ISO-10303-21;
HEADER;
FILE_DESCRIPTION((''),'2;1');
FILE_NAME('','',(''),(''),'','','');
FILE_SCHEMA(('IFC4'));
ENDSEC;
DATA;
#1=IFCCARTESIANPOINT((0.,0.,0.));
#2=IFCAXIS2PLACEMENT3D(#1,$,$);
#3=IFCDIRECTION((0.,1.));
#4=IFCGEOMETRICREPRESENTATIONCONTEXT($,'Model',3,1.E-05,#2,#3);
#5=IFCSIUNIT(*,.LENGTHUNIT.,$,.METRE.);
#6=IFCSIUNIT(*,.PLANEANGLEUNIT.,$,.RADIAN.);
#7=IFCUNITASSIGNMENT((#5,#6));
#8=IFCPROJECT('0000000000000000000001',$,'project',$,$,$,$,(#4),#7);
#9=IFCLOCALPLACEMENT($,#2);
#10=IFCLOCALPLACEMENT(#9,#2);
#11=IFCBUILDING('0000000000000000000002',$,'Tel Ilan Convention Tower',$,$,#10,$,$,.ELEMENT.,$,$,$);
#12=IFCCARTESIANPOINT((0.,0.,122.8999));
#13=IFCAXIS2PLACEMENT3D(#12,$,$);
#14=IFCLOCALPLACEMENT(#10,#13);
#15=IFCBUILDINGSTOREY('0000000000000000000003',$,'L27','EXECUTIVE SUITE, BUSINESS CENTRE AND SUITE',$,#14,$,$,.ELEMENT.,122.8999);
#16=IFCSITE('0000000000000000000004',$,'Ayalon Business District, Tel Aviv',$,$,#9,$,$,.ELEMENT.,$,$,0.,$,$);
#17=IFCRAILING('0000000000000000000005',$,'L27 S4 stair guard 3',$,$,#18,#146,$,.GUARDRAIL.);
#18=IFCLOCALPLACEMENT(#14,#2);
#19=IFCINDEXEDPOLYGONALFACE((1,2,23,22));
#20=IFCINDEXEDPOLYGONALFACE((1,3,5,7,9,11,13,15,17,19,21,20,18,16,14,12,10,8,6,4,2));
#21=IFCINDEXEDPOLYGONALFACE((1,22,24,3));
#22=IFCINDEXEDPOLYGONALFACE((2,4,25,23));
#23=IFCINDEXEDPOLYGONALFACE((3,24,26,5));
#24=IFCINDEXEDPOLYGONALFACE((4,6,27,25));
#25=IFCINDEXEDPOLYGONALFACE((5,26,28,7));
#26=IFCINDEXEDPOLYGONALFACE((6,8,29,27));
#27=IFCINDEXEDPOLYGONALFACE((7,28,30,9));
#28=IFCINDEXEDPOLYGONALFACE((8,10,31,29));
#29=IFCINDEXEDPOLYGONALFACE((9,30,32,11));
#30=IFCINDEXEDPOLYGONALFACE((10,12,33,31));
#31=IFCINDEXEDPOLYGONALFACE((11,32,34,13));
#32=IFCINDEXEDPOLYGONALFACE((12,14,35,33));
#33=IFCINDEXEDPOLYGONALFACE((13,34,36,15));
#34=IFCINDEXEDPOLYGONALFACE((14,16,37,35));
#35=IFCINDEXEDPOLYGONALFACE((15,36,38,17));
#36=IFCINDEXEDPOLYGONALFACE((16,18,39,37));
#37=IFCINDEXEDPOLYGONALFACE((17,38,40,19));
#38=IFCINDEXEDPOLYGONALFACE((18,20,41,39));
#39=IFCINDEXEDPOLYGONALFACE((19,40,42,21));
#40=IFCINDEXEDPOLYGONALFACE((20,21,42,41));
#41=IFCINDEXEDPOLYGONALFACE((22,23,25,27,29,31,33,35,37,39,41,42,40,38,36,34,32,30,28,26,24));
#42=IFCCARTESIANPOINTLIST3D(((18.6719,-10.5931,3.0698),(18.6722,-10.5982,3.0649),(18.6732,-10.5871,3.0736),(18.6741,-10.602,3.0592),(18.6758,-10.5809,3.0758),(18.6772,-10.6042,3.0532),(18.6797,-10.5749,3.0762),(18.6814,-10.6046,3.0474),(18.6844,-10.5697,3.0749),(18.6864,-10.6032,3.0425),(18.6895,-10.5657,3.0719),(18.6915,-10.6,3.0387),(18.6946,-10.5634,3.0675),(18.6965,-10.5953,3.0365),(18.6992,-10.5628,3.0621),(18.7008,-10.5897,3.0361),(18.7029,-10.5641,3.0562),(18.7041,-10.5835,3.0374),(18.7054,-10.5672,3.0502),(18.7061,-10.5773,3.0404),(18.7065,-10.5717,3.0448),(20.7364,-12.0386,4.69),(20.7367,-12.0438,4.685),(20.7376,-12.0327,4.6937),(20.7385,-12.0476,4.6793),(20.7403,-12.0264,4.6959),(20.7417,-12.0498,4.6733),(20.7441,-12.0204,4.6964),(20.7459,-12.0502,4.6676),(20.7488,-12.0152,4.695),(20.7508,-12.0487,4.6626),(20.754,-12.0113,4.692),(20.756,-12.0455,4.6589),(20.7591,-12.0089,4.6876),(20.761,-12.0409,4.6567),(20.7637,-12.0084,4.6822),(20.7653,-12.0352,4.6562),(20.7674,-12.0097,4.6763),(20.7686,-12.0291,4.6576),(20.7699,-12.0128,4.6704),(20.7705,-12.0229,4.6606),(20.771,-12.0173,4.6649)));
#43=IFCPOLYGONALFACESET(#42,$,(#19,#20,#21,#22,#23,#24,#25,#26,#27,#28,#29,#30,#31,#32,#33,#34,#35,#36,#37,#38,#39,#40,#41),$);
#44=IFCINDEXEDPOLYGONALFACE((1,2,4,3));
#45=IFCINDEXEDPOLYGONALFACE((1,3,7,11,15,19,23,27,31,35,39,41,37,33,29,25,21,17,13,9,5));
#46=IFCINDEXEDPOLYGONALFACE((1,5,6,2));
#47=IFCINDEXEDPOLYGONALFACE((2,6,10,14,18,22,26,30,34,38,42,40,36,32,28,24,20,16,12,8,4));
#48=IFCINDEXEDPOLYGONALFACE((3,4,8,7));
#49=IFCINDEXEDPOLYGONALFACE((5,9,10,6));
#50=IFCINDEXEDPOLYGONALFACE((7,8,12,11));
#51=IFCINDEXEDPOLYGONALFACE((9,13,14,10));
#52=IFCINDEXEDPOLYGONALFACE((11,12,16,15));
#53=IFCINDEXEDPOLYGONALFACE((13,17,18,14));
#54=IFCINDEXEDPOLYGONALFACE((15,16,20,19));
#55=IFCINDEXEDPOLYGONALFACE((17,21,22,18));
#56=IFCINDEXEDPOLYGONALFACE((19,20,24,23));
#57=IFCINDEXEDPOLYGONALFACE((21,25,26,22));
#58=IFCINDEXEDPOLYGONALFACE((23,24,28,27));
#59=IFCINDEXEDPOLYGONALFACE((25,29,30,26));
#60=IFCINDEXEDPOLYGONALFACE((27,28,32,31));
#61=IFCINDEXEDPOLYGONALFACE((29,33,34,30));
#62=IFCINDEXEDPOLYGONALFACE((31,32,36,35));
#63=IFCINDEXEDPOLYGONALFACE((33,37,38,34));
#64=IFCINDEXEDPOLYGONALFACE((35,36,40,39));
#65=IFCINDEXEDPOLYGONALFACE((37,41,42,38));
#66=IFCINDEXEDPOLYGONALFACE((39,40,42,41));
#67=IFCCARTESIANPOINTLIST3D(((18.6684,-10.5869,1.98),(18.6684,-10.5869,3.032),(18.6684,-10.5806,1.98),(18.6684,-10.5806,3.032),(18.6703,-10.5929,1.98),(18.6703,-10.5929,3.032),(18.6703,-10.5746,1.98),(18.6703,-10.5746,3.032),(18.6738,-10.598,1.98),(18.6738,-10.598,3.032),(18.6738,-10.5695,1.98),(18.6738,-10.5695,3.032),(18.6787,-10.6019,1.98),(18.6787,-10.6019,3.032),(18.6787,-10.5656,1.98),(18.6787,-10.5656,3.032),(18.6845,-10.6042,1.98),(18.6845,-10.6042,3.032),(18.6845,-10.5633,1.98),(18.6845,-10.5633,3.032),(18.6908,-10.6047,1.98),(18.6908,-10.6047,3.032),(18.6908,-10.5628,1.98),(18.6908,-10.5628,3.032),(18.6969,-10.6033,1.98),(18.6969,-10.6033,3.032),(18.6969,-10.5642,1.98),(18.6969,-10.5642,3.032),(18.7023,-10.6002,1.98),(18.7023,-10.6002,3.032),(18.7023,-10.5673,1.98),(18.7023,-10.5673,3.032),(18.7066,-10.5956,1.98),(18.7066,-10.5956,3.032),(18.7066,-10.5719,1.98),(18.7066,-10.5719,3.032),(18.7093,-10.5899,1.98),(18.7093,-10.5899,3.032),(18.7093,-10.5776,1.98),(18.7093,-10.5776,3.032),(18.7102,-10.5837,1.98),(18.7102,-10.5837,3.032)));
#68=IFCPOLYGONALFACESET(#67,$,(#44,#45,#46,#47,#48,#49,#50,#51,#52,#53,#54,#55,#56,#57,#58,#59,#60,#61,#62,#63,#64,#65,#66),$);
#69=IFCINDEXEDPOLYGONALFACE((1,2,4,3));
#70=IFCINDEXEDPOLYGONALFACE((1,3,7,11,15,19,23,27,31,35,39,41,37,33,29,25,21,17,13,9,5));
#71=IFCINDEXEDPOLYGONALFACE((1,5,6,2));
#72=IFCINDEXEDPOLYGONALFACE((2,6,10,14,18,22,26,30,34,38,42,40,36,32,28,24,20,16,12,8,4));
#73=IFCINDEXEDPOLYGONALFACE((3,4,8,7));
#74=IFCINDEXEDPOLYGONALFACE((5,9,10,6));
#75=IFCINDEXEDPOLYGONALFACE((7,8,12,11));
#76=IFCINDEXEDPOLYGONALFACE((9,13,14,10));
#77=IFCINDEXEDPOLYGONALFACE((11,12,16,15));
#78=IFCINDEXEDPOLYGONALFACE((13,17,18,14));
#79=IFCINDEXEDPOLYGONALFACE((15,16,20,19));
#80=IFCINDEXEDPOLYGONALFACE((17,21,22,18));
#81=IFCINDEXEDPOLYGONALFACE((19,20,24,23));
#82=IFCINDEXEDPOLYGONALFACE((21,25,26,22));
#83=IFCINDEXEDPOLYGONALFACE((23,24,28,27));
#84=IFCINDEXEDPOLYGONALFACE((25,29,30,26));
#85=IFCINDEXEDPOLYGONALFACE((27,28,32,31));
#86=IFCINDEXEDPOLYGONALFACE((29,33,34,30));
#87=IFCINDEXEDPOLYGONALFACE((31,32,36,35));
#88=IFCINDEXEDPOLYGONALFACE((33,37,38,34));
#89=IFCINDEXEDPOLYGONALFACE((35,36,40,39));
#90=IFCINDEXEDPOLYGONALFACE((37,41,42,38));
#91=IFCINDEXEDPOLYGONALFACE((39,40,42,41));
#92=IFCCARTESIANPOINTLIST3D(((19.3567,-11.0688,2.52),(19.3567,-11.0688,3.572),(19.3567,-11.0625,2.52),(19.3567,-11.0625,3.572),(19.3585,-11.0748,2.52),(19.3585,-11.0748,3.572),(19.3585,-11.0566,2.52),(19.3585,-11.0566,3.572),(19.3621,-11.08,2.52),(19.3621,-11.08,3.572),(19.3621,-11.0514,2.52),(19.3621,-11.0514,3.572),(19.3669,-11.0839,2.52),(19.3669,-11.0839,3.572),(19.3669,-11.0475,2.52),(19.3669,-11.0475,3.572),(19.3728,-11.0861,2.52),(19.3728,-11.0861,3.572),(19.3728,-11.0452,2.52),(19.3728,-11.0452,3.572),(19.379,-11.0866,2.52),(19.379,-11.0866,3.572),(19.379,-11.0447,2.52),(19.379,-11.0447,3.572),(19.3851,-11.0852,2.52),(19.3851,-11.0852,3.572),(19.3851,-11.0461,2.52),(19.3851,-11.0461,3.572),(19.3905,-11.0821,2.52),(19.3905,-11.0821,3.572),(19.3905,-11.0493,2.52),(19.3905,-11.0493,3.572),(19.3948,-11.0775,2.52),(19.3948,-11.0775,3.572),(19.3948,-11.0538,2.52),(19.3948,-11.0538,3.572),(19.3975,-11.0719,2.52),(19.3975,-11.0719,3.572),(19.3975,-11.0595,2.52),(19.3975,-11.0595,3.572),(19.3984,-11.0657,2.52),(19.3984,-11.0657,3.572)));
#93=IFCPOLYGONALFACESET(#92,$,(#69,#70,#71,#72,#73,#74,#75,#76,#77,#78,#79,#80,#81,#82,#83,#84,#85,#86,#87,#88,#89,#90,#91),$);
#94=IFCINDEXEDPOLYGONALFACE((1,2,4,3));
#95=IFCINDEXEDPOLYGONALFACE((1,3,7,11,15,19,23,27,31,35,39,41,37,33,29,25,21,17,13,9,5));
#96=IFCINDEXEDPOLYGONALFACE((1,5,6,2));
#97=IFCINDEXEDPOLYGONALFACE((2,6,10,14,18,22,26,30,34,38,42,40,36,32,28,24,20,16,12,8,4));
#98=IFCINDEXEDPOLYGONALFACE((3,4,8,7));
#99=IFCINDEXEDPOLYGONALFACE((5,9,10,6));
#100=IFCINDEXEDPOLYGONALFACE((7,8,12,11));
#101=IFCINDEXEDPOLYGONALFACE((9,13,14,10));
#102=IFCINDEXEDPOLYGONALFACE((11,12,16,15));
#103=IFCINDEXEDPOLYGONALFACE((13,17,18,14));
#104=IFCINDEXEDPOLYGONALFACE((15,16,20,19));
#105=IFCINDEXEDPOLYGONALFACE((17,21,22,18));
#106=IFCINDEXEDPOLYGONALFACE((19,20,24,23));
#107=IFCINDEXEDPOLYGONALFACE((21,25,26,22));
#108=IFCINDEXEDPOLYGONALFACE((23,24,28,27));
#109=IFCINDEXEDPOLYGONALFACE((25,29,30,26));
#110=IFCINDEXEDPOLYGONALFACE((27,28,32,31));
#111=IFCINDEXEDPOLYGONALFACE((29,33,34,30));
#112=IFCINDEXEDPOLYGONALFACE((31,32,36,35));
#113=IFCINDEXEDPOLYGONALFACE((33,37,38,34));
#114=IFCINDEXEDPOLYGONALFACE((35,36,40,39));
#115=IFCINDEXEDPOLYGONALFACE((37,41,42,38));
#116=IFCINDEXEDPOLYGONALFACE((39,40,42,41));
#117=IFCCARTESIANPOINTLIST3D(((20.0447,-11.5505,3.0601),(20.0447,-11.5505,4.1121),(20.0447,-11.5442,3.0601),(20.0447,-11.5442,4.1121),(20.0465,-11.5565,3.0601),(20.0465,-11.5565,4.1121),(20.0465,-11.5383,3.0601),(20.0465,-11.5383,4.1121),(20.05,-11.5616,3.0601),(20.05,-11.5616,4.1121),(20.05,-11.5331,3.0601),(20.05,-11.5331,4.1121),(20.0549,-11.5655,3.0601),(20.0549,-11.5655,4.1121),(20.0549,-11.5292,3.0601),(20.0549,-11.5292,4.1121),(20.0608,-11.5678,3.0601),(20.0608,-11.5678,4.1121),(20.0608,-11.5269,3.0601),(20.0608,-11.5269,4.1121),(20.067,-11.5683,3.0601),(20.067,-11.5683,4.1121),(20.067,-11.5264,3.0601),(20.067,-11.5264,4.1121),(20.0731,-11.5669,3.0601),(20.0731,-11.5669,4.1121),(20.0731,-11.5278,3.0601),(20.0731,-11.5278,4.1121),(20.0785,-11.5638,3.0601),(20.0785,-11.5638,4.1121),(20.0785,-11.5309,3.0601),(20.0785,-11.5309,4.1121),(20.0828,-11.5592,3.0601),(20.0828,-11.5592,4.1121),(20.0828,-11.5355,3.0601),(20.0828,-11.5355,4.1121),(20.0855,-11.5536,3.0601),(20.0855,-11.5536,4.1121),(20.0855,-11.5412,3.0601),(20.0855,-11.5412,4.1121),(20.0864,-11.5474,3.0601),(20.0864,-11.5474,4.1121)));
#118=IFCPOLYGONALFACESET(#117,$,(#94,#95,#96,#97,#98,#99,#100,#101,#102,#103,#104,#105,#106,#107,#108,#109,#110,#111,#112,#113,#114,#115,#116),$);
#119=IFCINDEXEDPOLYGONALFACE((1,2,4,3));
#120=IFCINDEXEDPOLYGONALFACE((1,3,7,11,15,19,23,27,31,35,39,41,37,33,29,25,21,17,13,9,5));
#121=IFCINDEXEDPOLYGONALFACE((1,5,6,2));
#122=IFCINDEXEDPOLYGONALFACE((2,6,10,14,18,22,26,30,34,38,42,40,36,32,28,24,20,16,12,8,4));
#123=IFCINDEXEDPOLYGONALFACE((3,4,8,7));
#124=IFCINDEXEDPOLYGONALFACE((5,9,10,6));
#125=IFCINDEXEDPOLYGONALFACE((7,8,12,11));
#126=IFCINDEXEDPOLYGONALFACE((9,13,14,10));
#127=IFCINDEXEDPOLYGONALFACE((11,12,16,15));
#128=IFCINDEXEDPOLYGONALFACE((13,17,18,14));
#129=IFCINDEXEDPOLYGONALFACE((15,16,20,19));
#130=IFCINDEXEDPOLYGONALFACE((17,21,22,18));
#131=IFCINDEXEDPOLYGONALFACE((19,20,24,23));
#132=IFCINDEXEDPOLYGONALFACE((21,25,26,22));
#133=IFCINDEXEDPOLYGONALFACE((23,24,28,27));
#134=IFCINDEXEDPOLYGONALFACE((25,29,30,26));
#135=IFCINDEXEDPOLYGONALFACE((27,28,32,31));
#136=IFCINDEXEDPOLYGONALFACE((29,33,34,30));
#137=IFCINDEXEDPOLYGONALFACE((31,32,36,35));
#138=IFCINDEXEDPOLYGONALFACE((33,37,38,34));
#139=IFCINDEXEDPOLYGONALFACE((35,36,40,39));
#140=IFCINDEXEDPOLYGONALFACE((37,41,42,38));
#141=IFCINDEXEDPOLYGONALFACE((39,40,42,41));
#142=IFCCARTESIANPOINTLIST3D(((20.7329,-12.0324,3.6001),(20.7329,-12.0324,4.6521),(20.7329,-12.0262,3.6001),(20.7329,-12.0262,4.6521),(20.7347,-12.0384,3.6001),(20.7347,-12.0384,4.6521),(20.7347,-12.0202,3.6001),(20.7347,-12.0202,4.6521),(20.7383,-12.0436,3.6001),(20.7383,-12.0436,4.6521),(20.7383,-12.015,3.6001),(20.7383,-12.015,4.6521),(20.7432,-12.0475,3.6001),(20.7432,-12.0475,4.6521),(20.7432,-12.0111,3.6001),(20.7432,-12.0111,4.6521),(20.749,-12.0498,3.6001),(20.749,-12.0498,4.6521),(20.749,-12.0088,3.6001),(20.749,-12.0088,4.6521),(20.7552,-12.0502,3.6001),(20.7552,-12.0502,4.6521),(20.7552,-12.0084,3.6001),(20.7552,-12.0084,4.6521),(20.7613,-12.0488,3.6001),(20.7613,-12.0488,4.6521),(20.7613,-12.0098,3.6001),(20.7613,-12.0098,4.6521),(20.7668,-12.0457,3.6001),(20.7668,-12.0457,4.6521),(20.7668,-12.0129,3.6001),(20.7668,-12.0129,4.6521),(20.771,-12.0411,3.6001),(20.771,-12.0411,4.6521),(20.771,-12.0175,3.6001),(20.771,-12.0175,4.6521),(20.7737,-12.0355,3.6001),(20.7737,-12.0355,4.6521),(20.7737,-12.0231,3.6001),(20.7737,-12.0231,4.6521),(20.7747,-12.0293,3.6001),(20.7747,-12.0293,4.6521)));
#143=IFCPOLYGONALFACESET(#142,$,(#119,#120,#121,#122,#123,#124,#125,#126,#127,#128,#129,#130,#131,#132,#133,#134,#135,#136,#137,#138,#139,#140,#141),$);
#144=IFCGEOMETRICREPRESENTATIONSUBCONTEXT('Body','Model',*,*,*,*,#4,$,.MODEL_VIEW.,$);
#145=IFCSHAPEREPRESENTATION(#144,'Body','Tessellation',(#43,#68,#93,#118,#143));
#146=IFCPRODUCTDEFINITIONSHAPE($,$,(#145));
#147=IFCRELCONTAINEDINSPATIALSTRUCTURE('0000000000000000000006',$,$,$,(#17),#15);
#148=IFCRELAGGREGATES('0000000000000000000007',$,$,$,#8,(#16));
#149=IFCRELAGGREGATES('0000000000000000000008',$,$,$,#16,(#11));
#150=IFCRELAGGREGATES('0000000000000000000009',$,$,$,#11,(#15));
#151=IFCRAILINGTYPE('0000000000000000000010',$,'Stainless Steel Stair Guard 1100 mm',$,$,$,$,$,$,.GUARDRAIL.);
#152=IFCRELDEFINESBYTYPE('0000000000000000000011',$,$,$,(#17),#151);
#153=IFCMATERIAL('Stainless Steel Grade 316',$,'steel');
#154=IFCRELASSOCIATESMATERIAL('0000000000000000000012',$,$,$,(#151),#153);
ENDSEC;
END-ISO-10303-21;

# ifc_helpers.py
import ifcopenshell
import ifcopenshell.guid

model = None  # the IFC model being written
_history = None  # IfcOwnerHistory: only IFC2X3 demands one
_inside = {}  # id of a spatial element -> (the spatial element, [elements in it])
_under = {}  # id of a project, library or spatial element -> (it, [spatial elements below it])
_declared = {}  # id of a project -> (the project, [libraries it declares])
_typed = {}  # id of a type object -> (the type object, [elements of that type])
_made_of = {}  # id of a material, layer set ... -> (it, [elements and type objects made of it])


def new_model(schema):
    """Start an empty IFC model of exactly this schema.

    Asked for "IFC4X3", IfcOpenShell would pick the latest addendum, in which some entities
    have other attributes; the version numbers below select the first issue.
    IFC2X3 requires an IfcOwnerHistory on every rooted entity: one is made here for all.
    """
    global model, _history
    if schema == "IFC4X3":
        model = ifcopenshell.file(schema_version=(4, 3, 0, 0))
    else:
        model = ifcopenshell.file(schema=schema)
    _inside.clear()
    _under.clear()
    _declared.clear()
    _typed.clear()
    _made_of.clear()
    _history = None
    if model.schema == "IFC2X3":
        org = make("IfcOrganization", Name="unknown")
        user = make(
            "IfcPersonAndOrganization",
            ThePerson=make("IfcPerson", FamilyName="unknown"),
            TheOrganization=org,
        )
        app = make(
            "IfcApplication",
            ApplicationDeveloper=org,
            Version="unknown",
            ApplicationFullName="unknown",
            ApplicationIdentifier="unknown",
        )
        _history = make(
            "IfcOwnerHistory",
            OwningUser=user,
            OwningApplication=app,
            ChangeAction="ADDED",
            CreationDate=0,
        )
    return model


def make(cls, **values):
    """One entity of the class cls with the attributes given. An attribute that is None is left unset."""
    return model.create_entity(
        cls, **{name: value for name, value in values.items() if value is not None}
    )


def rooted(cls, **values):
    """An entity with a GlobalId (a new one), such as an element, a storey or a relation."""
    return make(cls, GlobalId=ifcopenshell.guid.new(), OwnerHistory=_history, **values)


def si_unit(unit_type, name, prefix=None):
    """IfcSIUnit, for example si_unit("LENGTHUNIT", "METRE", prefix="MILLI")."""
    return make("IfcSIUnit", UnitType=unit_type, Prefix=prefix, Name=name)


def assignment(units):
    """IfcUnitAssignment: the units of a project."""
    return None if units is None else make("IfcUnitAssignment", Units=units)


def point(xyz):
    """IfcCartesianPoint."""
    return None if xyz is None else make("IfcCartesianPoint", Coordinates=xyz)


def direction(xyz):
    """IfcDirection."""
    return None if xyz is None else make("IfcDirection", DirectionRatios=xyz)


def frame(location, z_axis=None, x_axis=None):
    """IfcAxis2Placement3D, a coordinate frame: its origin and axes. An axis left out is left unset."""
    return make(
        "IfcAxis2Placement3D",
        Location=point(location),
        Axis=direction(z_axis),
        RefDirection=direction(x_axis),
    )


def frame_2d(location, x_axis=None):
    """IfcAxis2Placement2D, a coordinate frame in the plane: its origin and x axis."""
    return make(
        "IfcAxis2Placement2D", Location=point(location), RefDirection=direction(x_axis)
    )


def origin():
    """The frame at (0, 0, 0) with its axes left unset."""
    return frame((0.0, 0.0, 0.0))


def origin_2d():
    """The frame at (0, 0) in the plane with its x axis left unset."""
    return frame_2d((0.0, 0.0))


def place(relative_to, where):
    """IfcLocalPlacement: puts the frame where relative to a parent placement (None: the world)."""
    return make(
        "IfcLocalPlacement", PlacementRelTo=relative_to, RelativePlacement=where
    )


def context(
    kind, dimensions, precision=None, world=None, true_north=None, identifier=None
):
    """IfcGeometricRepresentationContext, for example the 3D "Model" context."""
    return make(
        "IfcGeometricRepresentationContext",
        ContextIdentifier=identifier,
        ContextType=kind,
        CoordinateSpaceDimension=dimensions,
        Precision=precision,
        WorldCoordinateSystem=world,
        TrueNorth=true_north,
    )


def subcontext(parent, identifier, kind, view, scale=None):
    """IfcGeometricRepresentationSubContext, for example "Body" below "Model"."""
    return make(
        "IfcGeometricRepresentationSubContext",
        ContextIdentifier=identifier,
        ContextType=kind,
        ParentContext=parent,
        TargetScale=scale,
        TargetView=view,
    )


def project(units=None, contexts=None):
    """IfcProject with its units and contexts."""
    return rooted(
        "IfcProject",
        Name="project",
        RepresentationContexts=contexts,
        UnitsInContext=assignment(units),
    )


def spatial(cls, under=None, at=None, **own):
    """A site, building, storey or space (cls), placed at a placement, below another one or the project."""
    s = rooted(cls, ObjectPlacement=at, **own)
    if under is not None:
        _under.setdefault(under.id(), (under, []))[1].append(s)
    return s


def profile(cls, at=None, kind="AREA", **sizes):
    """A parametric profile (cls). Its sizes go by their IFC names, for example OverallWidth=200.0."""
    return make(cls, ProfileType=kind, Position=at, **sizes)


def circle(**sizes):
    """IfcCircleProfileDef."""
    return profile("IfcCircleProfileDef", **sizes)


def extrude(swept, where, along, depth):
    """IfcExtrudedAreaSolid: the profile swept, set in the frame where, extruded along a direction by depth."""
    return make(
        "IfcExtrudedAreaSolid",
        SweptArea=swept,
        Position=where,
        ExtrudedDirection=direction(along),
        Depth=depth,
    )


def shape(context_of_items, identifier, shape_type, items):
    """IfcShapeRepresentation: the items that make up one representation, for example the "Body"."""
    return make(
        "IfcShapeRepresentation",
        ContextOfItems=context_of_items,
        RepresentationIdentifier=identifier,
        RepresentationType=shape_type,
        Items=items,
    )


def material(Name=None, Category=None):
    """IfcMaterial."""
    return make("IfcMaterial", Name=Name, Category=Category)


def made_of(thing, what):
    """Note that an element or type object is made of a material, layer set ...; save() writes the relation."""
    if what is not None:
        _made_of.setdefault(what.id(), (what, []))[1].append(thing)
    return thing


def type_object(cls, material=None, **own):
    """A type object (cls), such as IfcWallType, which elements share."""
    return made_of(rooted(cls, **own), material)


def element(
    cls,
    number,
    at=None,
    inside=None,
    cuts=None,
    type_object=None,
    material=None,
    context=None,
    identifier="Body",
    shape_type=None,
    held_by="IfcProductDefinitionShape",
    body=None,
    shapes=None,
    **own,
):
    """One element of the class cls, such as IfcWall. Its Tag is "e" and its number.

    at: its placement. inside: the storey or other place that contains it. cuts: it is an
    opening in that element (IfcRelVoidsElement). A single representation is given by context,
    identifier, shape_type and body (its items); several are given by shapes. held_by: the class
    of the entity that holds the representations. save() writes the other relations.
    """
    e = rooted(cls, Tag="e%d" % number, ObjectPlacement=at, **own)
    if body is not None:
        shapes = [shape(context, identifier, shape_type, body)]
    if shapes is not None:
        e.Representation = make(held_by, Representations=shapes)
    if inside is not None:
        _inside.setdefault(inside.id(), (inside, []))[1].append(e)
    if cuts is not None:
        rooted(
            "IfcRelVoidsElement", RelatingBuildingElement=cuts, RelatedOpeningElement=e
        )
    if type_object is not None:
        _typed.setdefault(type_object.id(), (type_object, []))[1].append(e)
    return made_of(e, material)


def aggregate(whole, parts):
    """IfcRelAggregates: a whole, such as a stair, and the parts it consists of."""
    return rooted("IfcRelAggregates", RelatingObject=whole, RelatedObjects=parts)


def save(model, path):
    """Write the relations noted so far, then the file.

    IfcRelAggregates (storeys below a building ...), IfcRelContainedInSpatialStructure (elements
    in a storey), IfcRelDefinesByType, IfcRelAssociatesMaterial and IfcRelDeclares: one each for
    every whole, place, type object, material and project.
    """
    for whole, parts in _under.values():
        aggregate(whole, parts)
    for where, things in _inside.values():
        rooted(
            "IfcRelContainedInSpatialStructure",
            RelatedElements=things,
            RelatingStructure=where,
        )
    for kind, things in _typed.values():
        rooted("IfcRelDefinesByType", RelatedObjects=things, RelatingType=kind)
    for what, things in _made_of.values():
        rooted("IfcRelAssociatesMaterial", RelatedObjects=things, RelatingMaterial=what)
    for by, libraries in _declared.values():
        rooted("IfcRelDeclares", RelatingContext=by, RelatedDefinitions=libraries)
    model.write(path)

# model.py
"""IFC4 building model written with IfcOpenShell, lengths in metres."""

from ifc_helpers import new_model, si_unit, direction, frame, origin, origin_2d, place, context, subcontext, project, spatial, circle, extrude, material, type_object, element, save


model = new_model("IFC4")

# Units and contexts
model_context = context("Model", 3, precision=1e-05, world=origin(), true_north=direction((0.0, 1.0)))
body_context = subcontext(model_context, "Body", "Model", "MODEL_VIEW")
ifc_project = project(units=[si_unit("LENGTHUNIT", "METRE"), si_unit("PLANEANGLEUNIT", "RADIAN")], contexts=[model_context])

# Site, building, storey
site_placement = place(None, origin())
site = spatial("IfcSite", under=ifc_project, at=site_placement, Name="Ayalon Business District, Tel Aviv", CompositionType="ELEMENT", RefElevation=0.0)
building_placement = place(site_placement, origin())
building = spatial("IfcBuilding", under=site, at=building_placement, Name="Tel Ilan Convention Tower", CompositionType="ELEMENT")
storey_placement = place(building_placement, frame((0.0, 0.0, 122.8999)))
storey = spatial("IfcBuildingStorey", under=building, at=storey_placement, Name="L27", Description="EXECUTIVE SUITE, BUSINESS CENTRE AND SUITE", CompositionType="ELEMENT", Elevation=122.8999)

# Railing
ifc_material_1 = material(Name="Stainless Steel Grade 316", Category="steel")
railing_type_1 = type_object("IfcRailingType", Name="Stainless Steel Stair Guard 1100 mm", PredefinedType="GUARDRAIL", material=ifc_material_1)
railing_1_placement = place(storey_placement, frame((18.6892, -10.5837, 1.98)))
element("IfcRailing", 1, at=railing_1_placement, inside=storey, type_object=railing_type_1, Name="L27 S4 stair guard 3", PredefinedType="GUARDRAIL", context=body_context, shape_type="SweptSolid", body=[
    extrude(circle(Radius=0.0239, at=origin_2d()), frame((0.0, 0.0, 1.0762), z_axis=(0.689056, -0.482486, 0.540749), x_axis=(0.573579, 0.81915, 0.0)), (0.0, 0.0, 1.0), 2.9961),
    extrude(circle(Radius=0.021, at=origin_2d()), origin(), (0.0, 0.0, 1.0), 1.052),
    extrude(circle(Radius=0.021, at=origin_2d()), frame((0.6882, -0.4819, 0.54)), (0.0, 0.0, 1.0), 1.052),
    extrude(circle(Radius=0.021, at=origin_2d()), frame((1.3762, -0.9636, 1.0801)), (0.0, 0.0, 1.0), 1.052),
    extrude(circle(Radius=0.021, at=origin_2d()), frame((2.0645, -1.4456, 1.6201)), (0.0, 0.0, 1.0), 1.052),
])

save(model, "model.ifc")
